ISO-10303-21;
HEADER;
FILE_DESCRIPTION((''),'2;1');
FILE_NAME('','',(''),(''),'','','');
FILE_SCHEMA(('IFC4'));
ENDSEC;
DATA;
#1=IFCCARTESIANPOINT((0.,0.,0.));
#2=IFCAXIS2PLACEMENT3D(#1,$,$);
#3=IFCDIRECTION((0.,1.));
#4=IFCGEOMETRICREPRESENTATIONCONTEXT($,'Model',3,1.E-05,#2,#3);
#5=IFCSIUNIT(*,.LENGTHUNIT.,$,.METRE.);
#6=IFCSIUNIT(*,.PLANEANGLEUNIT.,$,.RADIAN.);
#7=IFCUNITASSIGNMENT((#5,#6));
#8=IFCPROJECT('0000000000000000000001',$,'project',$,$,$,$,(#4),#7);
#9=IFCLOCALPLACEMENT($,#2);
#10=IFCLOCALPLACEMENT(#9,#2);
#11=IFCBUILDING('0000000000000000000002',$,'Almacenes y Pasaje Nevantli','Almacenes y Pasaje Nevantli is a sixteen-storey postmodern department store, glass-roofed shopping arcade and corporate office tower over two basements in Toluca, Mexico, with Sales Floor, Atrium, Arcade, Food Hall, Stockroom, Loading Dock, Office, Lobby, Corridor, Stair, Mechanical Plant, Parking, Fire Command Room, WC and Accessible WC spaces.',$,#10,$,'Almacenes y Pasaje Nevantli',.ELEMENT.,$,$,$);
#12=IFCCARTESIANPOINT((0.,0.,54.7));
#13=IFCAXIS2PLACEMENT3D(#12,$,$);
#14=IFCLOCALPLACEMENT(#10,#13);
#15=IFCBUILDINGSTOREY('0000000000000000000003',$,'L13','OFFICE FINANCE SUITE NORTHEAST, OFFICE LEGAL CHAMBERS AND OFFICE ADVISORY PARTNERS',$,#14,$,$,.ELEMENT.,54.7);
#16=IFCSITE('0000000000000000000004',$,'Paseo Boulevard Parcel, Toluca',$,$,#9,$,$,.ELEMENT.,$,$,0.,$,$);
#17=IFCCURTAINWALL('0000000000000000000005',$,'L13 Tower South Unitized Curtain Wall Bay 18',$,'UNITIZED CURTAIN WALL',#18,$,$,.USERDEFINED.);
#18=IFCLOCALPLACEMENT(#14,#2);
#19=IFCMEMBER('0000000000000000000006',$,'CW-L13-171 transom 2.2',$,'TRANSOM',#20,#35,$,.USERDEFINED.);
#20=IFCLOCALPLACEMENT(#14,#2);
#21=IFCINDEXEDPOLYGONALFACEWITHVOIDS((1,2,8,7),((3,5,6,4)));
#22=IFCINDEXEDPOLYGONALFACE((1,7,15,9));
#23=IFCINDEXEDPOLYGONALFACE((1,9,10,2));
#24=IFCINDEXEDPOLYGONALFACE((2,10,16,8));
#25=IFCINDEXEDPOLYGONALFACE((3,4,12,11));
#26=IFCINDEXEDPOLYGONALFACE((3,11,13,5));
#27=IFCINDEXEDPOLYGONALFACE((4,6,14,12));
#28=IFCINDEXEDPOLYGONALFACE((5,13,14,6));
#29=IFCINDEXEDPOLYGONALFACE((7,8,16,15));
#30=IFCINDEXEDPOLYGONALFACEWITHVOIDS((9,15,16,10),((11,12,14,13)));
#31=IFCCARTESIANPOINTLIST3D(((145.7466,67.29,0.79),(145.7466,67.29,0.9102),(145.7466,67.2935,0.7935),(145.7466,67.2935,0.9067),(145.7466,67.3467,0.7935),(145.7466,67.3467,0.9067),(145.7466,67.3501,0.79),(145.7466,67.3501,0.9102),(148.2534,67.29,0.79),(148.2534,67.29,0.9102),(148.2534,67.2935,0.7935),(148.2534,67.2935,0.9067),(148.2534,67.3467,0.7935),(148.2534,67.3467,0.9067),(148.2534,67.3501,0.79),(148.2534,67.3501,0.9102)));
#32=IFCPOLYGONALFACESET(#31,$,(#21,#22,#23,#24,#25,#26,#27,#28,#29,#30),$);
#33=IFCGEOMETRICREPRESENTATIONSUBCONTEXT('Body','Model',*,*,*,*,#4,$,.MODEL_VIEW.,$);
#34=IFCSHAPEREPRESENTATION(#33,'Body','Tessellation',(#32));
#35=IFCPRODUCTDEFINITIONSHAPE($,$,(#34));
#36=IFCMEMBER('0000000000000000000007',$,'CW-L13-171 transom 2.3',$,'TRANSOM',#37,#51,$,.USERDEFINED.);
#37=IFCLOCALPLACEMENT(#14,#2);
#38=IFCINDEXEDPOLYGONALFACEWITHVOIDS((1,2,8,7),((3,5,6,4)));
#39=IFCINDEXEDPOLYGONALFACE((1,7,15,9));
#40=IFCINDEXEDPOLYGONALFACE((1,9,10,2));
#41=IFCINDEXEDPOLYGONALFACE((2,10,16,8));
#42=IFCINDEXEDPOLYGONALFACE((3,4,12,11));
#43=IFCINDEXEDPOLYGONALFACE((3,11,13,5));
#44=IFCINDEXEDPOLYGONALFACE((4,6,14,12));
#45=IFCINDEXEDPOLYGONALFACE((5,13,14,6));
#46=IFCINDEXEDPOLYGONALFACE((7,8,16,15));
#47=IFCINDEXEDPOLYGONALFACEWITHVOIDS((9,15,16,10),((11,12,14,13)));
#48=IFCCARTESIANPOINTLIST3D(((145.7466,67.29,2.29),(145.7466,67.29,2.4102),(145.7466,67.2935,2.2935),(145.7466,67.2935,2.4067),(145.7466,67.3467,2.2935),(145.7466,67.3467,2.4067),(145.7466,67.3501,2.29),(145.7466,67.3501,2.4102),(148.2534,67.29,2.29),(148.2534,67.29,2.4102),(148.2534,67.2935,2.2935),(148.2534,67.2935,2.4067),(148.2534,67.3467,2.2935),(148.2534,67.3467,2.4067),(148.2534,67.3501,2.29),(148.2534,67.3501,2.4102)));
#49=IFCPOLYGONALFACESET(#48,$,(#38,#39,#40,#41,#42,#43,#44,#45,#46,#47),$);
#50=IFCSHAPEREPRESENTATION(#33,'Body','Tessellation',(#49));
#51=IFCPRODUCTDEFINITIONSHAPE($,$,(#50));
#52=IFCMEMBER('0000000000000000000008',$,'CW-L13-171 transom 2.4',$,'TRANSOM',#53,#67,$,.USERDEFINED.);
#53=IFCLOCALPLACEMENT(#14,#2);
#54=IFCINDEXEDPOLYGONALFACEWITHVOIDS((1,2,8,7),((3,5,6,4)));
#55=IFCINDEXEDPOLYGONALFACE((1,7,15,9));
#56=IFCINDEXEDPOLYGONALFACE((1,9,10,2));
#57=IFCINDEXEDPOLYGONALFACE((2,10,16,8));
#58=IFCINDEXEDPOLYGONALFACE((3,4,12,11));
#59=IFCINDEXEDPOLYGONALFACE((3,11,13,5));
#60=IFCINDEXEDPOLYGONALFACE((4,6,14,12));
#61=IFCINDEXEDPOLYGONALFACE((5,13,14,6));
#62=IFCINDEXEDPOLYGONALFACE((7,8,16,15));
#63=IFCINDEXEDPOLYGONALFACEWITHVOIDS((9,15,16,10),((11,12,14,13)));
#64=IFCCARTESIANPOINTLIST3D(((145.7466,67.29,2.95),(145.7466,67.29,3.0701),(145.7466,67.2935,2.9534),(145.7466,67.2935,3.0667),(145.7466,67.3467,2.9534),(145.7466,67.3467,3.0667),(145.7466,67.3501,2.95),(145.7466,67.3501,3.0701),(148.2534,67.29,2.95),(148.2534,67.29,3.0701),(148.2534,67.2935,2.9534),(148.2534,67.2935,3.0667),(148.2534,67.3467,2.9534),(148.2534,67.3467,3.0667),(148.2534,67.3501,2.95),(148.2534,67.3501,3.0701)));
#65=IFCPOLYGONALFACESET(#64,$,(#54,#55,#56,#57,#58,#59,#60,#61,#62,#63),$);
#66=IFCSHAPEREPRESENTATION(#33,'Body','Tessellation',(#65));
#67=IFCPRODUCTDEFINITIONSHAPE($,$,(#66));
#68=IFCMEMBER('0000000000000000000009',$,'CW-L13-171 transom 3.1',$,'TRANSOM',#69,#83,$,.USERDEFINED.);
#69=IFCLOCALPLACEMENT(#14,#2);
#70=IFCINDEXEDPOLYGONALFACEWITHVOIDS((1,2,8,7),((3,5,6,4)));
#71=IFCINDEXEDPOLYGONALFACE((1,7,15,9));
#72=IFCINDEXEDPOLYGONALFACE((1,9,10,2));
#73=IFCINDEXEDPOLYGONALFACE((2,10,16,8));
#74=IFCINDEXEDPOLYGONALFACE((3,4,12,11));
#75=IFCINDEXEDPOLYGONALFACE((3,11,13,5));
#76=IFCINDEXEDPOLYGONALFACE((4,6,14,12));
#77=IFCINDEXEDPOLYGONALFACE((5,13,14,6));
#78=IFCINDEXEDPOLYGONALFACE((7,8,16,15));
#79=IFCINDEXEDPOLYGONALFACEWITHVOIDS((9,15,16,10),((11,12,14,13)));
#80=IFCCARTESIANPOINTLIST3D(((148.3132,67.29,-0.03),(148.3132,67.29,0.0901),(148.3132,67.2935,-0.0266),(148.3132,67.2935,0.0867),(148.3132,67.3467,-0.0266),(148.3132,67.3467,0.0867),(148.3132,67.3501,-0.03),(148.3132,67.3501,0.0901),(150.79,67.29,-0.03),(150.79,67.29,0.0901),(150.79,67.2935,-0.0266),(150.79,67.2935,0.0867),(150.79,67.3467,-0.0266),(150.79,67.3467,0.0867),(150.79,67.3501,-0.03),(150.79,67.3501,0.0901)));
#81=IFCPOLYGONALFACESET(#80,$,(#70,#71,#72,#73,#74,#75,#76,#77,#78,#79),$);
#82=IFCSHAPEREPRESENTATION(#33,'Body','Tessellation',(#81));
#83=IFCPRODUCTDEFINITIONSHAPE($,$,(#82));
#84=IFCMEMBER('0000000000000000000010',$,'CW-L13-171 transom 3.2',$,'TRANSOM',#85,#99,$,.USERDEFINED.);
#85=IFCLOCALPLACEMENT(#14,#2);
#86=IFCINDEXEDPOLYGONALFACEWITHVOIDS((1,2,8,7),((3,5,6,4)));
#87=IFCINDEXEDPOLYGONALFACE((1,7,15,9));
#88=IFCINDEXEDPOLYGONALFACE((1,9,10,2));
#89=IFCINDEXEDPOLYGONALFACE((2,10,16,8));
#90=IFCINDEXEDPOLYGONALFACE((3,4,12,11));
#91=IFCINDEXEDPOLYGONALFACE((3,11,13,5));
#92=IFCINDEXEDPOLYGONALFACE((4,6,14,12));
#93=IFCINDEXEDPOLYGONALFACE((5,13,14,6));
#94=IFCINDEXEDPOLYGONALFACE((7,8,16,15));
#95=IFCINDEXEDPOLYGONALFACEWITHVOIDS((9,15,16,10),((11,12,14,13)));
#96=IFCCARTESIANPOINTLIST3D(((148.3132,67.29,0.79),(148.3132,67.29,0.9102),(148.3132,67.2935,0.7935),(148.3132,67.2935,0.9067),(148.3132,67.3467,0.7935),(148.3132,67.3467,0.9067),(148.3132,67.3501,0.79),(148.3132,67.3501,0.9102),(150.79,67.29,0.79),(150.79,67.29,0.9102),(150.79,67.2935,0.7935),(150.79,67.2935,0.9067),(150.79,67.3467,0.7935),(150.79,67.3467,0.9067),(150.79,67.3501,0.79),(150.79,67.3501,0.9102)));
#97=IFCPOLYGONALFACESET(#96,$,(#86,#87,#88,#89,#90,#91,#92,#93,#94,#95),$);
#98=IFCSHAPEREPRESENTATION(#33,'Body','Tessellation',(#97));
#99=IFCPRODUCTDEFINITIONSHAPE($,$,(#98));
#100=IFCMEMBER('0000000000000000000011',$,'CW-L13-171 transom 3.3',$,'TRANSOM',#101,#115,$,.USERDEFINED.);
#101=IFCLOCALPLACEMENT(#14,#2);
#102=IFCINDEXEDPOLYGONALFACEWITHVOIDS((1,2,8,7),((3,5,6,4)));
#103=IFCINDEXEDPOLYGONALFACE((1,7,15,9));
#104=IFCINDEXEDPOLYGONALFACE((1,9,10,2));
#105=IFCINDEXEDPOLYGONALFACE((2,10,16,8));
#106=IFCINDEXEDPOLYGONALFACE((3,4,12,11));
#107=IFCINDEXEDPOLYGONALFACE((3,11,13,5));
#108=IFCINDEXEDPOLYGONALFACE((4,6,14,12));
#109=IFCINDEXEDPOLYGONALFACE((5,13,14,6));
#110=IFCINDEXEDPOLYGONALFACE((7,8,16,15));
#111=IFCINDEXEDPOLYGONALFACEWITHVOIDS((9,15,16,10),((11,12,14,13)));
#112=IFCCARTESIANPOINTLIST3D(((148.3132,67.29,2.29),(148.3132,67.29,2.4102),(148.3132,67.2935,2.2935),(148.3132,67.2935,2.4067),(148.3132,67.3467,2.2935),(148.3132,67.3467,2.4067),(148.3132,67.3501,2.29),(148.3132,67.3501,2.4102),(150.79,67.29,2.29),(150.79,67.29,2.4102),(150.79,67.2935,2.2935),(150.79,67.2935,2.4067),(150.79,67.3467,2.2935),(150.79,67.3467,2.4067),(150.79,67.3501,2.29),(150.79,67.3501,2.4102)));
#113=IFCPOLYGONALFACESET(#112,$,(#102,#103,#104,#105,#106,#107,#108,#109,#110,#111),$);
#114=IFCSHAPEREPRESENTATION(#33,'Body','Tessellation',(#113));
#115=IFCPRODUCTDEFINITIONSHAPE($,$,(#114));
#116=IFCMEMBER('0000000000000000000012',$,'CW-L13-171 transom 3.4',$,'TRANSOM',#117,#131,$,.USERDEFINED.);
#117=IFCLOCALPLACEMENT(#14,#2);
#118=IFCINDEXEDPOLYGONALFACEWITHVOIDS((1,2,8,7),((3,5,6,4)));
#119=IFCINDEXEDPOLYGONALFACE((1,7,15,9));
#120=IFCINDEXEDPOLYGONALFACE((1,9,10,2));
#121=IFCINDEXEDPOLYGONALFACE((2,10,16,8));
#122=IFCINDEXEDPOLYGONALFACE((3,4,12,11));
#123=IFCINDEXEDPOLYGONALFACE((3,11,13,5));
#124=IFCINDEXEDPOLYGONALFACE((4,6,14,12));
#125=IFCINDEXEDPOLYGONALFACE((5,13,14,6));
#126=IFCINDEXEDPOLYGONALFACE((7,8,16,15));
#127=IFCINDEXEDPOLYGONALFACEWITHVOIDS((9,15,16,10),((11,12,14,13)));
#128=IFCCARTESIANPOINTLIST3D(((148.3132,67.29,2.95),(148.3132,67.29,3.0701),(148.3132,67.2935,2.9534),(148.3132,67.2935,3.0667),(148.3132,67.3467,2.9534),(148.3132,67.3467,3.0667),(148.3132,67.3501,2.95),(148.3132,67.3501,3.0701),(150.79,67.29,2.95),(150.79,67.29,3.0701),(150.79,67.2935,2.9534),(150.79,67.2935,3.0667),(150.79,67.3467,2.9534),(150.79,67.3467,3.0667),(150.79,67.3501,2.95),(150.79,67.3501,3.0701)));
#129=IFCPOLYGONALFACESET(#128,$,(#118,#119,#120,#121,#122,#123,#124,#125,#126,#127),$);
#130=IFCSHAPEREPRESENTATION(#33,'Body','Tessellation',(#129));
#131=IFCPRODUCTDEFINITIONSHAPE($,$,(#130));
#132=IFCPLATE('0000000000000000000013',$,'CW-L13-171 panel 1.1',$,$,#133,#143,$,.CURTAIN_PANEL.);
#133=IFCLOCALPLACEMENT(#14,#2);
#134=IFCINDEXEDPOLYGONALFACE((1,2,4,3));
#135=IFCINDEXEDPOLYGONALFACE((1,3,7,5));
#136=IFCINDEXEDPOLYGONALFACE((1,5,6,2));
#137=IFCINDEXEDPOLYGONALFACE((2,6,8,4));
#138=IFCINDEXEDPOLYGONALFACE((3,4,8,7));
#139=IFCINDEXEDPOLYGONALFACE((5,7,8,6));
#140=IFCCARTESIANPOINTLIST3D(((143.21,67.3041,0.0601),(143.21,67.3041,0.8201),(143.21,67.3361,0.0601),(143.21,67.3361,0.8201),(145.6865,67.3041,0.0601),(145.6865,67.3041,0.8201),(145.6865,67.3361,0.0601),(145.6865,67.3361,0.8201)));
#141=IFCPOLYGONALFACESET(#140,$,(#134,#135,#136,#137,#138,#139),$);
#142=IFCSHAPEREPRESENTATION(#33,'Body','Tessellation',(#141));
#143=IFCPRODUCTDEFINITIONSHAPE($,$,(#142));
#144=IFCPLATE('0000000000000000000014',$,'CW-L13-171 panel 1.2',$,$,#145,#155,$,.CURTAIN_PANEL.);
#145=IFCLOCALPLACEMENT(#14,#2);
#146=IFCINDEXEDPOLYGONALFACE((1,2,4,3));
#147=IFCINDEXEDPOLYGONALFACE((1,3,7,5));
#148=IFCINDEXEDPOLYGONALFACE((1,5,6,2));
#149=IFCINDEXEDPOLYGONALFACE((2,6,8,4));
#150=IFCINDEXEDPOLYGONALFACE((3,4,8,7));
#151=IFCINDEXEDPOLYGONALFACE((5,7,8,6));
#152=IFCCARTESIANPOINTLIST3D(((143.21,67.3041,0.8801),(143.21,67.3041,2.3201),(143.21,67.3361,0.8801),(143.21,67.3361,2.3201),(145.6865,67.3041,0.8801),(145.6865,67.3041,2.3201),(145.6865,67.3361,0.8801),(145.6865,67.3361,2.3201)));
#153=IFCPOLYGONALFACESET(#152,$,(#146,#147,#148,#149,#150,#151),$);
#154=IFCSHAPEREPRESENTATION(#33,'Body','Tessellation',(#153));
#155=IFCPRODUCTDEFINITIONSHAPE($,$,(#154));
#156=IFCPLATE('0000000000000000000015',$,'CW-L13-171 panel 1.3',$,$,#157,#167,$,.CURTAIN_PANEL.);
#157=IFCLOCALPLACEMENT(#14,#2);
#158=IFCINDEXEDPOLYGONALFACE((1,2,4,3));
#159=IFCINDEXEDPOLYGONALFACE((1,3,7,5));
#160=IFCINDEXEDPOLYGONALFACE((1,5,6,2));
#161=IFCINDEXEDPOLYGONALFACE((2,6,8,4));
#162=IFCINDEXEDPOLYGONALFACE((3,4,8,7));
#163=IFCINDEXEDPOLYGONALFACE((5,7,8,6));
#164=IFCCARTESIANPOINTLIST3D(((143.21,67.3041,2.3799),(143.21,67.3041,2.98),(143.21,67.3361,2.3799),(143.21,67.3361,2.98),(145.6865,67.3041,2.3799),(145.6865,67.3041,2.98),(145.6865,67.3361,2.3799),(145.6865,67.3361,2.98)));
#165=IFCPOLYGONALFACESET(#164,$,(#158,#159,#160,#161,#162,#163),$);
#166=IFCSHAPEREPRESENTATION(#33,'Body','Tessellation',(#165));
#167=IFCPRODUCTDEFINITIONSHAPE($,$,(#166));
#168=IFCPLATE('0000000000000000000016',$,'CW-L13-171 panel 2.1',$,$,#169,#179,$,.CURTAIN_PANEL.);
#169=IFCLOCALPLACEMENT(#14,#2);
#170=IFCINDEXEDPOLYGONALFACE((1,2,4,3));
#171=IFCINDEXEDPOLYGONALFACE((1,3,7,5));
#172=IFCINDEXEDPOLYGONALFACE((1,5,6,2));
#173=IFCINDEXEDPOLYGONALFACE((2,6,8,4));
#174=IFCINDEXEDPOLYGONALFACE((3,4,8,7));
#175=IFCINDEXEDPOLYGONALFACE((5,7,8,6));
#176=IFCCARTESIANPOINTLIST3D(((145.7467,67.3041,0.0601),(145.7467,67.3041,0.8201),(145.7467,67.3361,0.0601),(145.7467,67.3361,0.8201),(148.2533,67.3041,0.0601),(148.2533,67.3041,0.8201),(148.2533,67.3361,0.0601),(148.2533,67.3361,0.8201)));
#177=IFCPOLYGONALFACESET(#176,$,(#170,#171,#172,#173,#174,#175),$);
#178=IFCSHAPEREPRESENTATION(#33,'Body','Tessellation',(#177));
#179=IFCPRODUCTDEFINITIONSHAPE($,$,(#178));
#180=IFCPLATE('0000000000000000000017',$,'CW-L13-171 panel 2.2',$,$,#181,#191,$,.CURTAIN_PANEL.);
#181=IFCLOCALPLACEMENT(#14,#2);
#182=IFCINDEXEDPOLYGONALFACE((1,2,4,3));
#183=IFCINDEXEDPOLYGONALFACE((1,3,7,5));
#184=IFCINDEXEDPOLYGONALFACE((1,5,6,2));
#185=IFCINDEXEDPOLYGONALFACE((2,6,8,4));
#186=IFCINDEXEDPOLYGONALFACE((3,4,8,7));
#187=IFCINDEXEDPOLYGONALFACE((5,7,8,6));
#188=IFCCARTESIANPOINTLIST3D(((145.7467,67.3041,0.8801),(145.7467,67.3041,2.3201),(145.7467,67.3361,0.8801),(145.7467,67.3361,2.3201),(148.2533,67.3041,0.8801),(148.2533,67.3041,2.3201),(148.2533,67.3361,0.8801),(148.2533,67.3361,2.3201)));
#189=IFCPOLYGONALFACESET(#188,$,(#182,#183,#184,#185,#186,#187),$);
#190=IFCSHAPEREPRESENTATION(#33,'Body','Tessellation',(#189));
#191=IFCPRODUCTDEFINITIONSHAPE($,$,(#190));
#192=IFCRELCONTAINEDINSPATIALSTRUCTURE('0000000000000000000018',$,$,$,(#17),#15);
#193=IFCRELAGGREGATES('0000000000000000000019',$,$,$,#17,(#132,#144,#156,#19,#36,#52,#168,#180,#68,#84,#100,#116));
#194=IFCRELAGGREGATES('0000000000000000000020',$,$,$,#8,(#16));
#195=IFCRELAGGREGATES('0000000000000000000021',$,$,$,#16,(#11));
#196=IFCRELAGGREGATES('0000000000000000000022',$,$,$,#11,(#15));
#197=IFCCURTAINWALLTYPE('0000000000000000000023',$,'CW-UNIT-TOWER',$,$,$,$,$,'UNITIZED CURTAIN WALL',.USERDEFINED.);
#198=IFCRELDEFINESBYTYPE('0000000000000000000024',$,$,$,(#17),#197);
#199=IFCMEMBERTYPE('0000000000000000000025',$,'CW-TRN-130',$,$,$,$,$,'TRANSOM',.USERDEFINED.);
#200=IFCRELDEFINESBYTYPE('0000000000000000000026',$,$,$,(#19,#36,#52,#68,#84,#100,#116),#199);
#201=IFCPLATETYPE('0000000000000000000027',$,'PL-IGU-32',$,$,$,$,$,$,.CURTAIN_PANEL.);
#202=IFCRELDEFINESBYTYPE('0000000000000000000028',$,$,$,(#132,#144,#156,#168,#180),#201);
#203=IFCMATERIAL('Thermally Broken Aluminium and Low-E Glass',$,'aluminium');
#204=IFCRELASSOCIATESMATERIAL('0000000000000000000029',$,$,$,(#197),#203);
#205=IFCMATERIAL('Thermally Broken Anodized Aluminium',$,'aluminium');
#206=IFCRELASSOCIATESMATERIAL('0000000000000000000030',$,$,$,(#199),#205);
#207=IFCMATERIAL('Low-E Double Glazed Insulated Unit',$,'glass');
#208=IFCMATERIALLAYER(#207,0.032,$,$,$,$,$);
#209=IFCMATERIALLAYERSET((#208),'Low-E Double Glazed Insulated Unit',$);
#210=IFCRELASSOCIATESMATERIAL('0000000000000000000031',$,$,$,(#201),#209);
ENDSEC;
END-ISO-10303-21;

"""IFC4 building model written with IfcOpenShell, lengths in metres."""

from ifc_helpers import new_model, si_unit, direction, frame, origin, origin_2d, place, context, subcontext, project, spatial, rectangle, hollow_rectangle, extrude, material, layer, layer_set, material_profile, profile_set, type_object, element, aggregate, save


model = new_model("IFC4")

# Units and contexts
model_context = context("Model", 3, precision=1e-05, world=origin(), true_north=direction((0.0, 1.0)))
body_context = subcontext(model_context, "Body", "Model", "MODEL_VIEW")
ifc_project = project(units=[si_unit("LENGTHUNIT", "METRE"), si_unit("PLANEANGLEUNIT", "RADIAN")], contexts=[model_context])

# Site, building, storey
site_placement = place(None, origin())
site = spatial("IfcSite", under=ifc_project, at=site_placement, Name="Paseo Boulevard Parcel, Toluca", CompositionType="ELEMENT", RefElevation=0.0)
building_placement = place(site_placement, origin())
building = spatial("IfcBuilding", under=site, at=building_placement, Name="Almacenes y Pasaje Nevantli", Description="Almacenes y Pasaje Nevantli is a sixteen-storey postmodern department store, glass-roofed shopping arcade and corporate office tower over two basements in Toluca, Mexico, with Sales Floor, Atrium, Arcade, Food Hall, Stockroom, Loading Dock, Office, Lobby, Corridor, Stair, Mechanical Plant, Parking, Fire Command Room, WC and Accessible WC spaces.", LongName="Almacenes y Pasaje Nevantli", CompositionType="ELEMENT")
storey_placement = place(building_placement, frame((0.0, 0.0, 54.7)))
storey = spatial("IfcBuildingStorey", under=building, at=storey_placement, Name="L13", Description="OFFICE FINANCE SUITE NORTHEAST, OFFICE LEGAL CHAMBERS AND OFFICE ADVISORY PARTNERS", CompositionType="ELEMENT", Elevation=54.7)

# Curtain wall, members, plates
ifc_material_1 = material(Name="Thermally Broken Aluminium and Low-E Glass", Category="aluminium")
curtain_wall_type = type_object("IfcCurtainWallType", Name="CW-UNIT-TOWER", ElementType="UNITIZED CURTAIN WALL", PredefinedType="USERDEFINED", material=ifc_material_1)
curtain_wall_placement = place(storey_placement, origin())
curtain_wall = element("IfcCurtainWall", 1, at=curtain_wall_placement, inside=storey, type_object=curtain_wall_type, Name="L13 Tower South Unitized Curtain Wall Bay 18", ObjectType="UNITIZED CURTAIN WALL", PredefinedType="USERDEFINED")
ifc_material_2 = material(Name="Thermally Broken Anodized Aluminium", Category="aluminium")
ifc_material_profile_1 = material_profile(ifc_material_2, hollow_rectangle(XDim=0.0601, YDim=0.1201, WallThickness=0.0034, at=origin_2d()), Name="ALU-TRN-60x120")
ifc_profile_set_1 = profile_set([ifc_material_profile_1], Name="Thermally Broken Anodized Aluminium")
member_type_1 = type_object("IfcMemberType", Name="CW-TRN-130", ElementType="TRANSOM", PredefinedType="USERDEFINED", material=ifc_profile_set_1)
member_1_placement = place(storey_placement, frame((145.7466, 67.3201, 0.8501), z_axis=(1.0, 0.0, 0.0), x_axis=(0.0, 1.0, 0.0)))
member_1 = element("IfcMember", 2, at=member_1_placement, type_object=member_type_1, Name="CW-L13-171 transom 2.2", ObjectType="TRANSOM", PredefinedType="USERDEFINED", context=body_context, shape_type="SweptSolid", body=[
    extrude(hollow_rectangle(XDim=0.0601, YDim=0.1201, WallThickness=0.0034, at=origin_2d()), origin(), (0.0, 0.0, 1.0), 2.5068),
])
member_2_placement = place(storey_placement, frame((145.7466, 67.3201, 2.3501), z_axis=(1.0, 0.0, 0.0), x_axis=(0.0, 1.0, 0.0)))
member_2 = element("IfcMember", 3, at=member_2_placement, type_object=member_type_1, Name="CW-L13-171 transom 2.3", ObjectType="TRANSOM", PredefinedType="USERDEFINED", context=body_context, shape_type="SweptSolid", body=[
    extrude(hollow_rectangle(XDim=0.0601, YDim=0.1201, WallThickness=0.0034, at=origin_2d()), origin(), (0.0, 0.0, 1.0), 2.5068),
])
member_3_placement = place(storey_placement, frame((145.7466, 67.3201, 3.01), z_axis=(1.0, 0.0, 0.0), x_axis=(0.0, 1.0, 0.0)))
member_3 = element("IfcMember", 4, at=member_3_placement, type_object=member_type_1, Name="CW-L13-171 transom 2.4", ObjectType="TRANSOM", PredefinedType="USERDEFINED", context=body_context, shape_type="SweptSolid", body=[
    extrude(hollow_rectangle(XDim=0.0601, YDim=0.1201, WallThickness=0.0034, at=origin_2d()), origin(), (0.0, 0.0, 1.0), 2.5068),
])
member_4_placement = place(storey_placement, frame((148.3132, 67.3201, 0.03), z_axis=(1.0, 0.0, 0.0), x_axis=(0.0, 1.0, 0.0)))
member_4 = element("IfcMember", 5, at=member_4_placement, type_object=member_type_1, Name="CW-L13-171 transom 3.1", ObjectType="TRANSOM", PredefinedType="USERDEFINED", context=body_context, shape_type="SweptSolid", body=[
    extrude(hollow_rectangle(XDim=0.0601, YDim=0.1201, WallThickness=0.0034, at=origin_2d()), origin(), (0.0, 0.0, 1.0), 2.4768),
])
member_5_placement = place(storey_placement, frame((148.3132, 67.3201, 0.8501), z_axis=(1.0, 0.0, 0.0), x_axis=(0.0, 1.0, 0.0)))
member_5 = element("IfcMember", 6, at=member_5_placement, type_object=member_type_1, Name="CW-L13-171 transom 3.2", ObjectType="TRANSOM", PredefinedType="USERDEFINED", context=body_context, shape_type="SweptSolid", body=[
    extrude(hollow_rectangle(XDim=0.0601, YDim=0.1201, WallThickness=0.0034, at=origin_2d()), origin(), (0.0, 0.0, 1.0), 2.4768),
])
member_6_placement = place(storey_placement, frame((148.3132, 67.3201, 2.3501), z_axis=(1.0, 0.0, 0.0), x_axis=(0.0, 1.0, 0.0)))
member_6 = element("IfcMember", 7, at=member_6_placement, type_object=member_type_1, Name="CW-L13-171 transom 3.3", ObjectType="TRANSOM", PredefinedType="USERDEFINED", context=body_context, shape_type="SweptSolid", body=[
    extrude(hollow_rectangle(XDim=0.0601, YDim=0.1201, WallThickness=0.0034, at=origin_2d()), origin(), (0.0, 0.0, 1.0), 2.4768),
])
member_7_placement = place(storey_placement, frame((148.3132, 67.3201, 3.01), z_axis=(1.0, 0.0, 0.0), x_axis=(0.0, 1.0, 0.0)))
member_7 = element("IfcMember", 8, at=member_7_placement, type_object=member_type_1, Name="CW-L13-171 transom 3.4", ObjectType="TRANSOM", PredefinedType="USERDEFINED", context=body_context, shape_type="SweptSolid", body=[
    extrude(hollow_rectangle(XDim=0.0601, YDim=0.1201, WallThickness=0.0034, at=origin_2d()), origin(), (0.0, 0.0, 1.0), 2.4768),
])
ifc_material_3 = material(Name="Low-E Double Glazed Insulated Unit", Category="glass")
ifc_layer = layer(ifc_material_3, 0.032)
ifc_layer_set = layer_set([ifc_layer], Name="Low-E Double Glazed Insulated Unit")
plate_type = type_object("IfcPlateType", Name="PL-IGU-32", PredefinedType="CURTAIN_PANEL", material=ifc_layer_set)
plate_1_placement = place(storey_placement, frame((144.4482, 67.3201, 0.0601), z_axis=(0.0, 0.0, 1.0), x_axis=(1.0, 0.0, 0.0)))
plate_1 = element("IfcPlate", 9, at=plate_1_placement, type_object=plate_type, Name="CW-L13-171 panel 1.1", PredefinedType="CURTAIN_PANEL", context=body_context, shape_type="SweptSolid", body=[
    extrude(rectangle(XDim=2.4766, YDim=0.032, at=origin_2d()), origin(), (0.0, 0.0, 1.0), 0.76),
])
plate_2_placement = place(storey_placement, frame((144.4482, 67.3201, 0.8801), z_axis=(0.0, 0.0, 1.0), x_axis=(1.0, 0.0, 0.0)))
plate_2 = element("IfcPlate", 10, at=plate_2_placement, type_object=plate_type, Name="CW-L13-171 panel 1.2", PredefinedType="CURTAIN_PANEL", context=body_context, shape_type="SweptSolid", body=[
    extrude(rectangle(XDim=2.4766, YDim=0.032, at=origin_2d()), origin(), (0.0, 0.0, 1.0), 1.4399),
])
plate_3_placement = place(storey_placement, frame((144.4482, 67.3201, 2.3799), z_axis=(0.0, 0.0, 1.0), x_axis=(1.0, 0.0, 0.0)))
plate_3 = element("IfcPlate", 11, at=plate_3_placement, type_object=plate_type, Name="CW-L13-171 panel 1.3", PredefinedType="CURTAIN_PANEL", context=body_context, shape_type="SweptSolid", body=[
    extrude(rectangle(XDim=2.4766, YDim=0.032, at=origin_2d()), origin(), (0.0, 0.0, 1.0), 0.6001),
])
plate_4_placement = place(storey_placement, frame((147.0, 67.3201, 0.0601), z_axis=(0.0, 0.0, 1.0), x_axis=(1.0, 0.0, 0.0)))
plate_4 = element("IfcPlate", 12, at=plate_4_placement, type_object=plate_type, Name="CW-L13-171 panel 2.1", PredefinedType="CURTAIN_PANEL", context=body_context, shape_type="SweptSolid", body=[
    extrude(rectangle(XDim=2.5066, YDim=0.032, at=origin_2d()), origin(), (0.0, 0.0, 1.0), 0.76),
])
plate_5_placement = place(storey_placement, frame((147.0, 67.3201, 0.8801), z_axis=(0.0, 0.0, 1.0), x_axis=(1.0, 0.0, 0.0)))
plate_5 = element("IfcPlate", 13, at=plate_5_placement, type_object=plate_type, Name="CW-L13-171 panel 2.2", PredefinedType="CURTAIN_PANEL", context=body_context, shape_type="SweptSolid", body=[
    extrude(rectangle(XDim=2.5066, YDim=0.032, at=origin_2d()), origin(), (0.0, 0.0, 1.0), 1.4399),
])
aggregate(curtain_wall, [plate_1, plate_2, plate_3, member_1, member_2, member_3, plate_4, plate_5, member_4, member_5, member_6, member_7])

save(model, "model.ifc")
